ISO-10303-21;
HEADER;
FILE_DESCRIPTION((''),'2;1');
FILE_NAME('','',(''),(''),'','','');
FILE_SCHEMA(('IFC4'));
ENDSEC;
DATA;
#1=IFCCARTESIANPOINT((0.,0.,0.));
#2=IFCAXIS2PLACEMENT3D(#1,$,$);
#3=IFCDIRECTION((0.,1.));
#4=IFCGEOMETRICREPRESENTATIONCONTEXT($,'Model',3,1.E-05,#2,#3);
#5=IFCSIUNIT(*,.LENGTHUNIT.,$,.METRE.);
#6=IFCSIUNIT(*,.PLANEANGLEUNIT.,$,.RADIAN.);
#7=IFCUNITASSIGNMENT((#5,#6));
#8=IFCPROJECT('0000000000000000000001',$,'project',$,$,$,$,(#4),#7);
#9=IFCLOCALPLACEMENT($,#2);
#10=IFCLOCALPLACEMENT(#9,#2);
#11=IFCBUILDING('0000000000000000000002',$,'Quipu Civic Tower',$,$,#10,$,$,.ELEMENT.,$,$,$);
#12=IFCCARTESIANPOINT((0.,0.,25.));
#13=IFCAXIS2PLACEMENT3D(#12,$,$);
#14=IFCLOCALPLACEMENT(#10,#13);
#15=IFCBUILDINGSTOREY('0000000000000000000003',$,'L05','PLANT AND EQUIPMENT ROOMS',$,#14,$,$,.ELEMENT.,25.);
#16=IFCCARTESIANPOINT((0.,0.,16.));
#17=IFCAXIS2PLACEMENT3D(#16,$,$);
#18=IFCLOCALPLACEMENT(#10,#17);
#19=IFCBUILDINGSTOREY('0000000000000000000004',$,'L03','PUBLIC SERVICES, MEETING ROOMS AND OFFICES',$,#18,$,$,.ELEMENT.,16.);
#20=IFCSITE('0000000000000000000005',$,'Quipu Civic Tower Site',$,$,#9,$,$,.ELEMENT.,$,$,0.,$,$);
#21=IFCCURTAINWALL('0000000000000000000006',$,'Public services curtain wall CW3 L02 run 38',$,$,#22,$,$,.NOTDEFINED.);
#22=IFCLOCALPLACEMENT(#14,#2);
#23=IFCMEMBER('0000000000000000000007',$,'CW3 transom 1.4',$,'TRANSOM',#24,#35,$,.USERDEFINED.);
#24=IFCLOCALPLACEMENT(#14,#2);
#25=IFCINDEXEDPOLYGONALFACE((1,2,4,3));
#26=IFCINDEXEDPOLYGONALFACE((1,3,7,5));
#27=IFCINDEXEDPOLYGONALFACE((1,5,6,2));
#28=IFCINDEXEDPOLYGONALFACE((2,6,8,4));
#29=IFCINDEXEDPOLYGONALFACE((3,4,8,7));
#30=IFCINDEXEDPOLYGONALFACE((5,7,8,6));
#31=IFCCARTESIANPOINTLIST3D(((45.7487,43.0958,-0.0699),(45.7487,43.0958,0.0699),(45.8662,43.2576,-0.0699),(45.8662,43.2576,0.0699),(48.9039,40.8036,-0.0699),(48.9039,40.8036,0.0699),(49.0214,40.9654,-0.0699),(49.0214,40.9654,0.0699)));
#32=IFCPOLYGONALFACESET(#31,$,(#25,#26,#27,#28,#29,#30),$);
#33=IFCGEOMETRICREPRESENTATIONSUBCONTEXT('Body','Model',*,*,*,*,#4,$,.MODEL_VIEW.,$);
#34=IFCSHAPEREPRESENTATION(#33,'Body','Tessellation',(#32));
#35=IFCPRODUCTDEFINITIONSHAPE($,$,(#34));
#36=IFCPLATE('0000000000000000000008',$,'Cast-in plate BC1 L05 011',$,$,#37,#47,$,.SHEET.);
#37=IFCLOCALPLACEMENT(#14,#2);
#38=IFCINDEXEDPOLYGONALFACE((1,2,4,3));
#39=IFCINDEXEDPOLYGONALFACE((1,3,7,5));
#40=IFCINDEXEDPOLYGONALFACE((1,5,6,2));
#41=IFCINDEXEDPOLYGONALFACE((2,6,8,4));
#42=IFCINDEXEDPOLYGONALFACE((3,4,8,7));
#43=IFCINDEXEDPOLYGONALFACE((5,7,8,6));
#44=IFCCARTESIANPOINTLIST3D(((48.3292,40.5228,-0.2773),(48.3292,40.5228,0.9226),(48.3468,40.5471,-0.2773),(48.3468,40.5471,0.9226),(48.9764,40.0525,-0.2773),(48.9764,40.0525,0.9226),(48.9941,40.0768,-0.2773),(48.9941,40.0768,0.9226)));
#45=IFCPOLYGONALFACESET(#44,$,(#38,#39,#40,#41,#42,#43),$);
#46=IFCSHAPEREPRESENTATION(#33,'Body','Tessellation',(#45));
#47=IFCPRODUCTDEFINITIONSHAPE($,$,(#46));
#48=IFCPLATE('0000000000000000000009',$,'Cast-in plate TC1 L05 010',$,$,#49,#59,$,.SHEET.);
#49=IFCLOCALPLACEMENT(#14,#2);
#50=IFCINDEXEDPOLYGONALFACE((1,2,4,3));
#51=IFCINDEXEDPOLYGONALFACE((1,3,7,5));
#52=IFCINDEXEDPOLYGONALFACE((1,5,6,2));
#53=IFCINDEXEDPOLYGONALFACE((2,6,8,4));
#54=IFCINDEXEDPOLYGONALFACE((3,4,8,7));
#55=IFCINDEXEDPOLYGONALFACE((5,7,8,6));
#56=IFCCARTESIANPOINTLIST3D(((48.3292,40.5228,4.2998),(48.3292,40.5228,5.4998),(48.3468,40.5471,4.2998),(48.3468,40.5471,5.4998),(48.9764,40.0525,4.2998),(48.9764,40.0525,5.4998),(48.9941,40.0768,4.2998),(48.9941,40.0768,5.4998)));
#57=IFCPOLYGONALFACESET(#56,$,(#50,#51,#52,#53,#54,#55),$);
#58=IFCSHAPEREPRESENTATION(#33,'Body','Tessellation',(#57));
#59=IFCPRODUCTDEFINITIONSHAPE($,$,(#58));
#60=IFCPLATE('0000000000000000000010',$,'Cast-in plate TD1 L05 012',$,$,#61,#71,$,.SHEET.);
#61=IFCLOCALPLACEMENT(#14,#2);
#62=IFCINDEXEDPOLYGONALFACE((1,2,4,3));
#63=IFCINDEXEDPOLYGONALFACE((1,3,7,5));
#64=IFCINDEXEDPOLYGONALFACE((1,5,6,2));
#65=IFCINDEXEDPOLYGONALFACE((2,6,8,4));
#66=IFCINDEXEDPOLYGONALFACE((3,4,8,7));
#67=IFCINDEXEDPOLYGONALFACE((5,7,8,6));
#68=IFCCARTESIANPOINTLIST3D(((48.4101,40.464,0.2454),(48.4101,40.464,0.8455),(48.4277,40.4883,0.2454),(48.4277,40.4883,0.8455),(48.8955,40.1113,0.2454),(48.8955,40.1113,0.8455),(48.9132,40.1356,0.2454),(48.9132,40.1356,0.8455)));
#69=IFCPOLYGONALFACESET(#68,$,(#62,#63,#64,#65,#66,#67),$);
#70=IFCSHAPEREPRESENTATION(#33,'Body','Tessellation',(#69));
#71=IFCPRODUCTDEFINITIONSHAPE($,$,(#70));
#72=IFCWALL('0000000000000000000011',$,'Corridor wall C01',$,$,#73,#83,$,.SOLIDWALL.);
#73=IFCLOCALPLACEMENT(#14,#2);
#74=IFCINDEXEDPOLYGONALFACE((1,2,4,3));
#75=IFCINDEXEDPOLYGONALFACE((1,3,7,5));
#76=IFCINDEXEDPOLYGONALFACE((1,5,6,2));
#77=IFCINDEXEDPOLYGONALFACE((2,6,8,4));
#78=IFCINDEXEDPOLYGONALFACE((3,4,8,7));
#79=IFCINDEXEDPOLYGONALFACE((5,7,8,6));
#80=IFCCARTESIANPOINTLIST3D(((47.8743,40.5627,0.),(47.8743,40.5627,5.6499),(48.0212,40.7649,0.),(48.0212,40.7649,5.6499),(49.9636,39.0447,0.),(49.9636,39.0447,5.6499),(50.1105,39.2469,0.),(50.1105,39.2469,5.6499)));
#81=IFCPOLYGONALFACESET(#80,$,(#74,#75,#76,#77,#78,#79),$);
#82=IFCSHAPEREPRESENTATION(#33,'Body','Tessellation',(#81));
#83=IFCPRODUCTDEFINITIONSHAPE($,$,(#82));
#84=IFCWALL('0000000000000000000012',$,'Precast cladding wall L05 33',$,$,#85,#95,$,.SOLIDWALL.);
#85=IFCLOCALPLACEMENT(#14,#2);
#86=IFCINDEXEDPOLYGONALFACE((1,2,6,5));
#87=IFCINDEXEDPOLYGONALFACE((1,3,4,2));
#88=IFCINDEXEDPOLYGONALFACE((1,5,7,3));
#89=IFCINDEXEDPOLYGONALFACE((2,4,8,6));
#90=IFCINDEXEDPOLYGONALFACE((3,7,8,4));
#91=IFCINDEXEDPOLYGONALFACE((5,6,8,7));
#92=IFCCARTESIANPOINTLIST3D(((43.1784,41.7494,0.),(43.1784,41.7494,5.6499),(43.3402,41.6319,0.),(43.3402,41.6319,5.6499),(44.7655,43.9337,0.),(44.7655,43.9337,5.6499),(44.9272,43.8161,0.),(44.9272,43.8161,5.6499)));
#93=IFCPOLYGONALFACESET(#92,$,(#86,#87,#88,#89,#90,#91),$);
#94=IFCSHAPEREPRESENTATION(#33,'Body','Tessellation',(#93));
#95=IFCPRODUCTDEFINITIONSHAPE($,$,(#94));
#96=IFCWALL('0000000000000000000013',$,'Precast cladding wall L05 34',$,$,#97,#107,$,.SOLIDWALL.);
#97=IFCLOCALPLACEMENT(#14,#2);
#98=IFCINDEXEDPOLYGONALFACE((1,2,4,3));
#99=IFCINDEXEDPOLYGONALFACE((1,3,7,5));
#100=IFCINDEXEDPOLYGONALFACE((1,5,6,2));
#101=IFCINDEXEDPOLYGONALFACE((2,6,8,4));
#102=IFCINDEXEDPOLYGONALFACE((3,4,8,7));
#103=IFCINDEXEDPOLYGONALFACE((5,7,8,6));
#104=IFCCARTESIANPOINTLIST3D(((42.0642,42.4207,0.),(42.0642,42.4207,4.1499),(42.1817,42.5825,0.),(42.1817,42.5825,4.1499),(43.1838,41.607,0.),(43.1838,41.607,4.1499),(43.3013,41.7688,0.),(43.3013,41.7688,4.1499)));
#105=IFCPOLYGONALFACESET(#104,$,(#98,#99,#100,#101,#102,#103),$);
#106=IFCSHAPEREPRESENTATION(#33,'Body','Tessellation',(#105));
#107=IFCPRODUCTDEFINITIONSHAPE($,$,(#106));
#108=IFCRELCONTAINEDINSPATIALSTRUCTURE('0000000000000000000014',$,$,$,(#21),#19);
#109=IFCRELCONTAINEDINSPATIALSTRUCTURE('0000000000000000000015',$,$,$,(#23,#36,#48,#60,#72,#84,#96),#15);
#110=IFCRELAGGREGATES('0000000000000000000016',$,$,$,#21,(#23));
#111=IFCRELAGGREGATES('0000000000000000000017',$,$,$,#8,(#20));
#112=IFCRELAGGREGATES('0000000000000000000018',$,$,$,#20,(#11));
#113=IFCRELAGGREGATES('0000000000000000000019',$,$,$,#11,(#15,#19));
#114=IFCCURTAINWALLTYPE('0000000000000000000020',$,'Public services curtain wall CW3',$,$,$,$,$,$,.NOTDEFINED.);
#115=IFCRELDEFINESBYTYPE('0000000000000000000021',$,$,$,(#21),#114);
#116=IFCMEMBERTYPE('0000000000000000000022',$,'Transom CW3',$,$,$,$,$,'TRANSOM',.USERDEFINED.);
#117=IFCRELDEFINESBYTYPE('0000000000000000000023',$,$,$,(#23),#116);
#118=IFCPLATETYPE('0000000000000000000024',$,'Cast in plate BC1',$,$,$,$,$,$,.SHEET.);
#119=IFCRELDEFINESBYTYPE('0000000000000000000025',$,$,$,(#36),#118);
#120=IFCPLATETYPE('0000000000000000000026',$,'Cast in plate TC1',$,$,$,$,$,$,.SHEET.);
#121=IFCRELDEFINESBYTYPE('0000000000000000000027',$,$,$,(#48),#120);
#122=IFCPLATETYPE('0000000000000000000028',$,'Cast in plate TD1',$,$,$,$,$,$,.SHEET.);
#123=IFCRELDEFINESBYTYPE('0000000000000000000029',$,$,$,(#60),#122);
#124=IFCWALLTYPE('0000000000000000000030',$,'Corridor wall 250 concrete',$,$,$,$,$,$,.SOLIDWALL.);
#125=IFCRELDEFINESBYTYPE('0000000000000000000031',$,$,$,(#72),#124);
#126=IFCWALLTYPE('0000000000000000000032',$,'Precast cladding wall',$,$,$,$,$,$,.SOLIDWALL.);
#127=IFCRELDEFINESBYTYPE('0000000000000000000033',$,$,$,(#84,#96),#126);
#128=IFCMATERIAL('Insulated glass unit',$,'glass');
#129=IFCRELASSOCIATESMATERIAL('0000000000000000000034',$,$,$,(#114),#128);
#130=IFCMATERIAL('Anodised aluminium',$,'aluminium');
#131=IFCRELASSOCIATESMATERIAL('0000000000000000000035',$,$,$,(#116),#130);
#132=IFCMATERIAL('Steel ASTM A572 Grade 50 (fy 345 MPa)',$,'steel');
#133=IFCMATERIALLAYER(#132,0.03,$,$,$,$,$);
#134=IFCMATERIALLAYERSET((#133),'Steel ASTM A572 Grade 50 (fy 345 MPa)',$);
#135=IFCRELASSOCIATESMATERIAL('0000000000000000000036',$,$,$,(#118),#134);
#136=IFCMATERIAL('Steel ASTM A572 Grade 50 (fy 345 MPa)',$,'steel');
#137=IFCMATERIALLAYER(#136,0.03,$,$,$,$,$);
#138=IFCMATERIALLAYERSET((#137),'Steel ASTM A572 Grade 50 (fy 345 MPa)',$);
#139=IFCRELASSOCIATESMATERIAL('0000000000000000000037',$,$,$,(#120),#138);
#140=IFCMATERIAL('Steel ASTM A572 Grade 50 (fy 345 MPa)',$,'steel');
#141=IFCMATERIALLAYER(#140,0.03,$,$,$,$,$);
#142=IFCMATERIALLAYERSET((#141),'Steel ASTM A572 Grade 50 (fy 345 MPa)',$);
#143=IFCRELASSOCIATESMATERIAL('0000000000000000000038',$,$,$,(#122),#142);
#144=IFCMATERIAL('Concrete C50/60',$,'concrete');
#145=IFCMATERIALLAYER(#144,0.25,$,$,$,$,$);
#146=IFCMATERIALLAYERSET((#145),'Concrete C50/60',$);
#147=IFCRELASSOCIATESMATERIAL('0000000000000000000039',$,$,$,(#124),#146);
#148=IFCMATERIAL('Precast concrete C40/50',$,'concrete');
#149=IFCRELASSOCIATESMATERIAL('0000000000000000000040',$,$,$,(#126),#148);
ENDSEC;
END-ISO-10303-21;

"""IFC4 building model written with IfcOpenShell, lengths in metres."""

from ifc_helpers import new_model, si_unit, direction, frame, frame_2d, origin, origin_2d, place, context, subcontext, project, spatial, rectangle, extrude, material, layer, layer_set, material_profile, profile_set, type_object, element, aggregate, save


model = new_model("IFC4")

# Units and contexts
model_context = context("Model", 3, precision=1e-05, world=origin(), true_north=direction((0.0, 1.0)))
body_context = subcontext(model_context, "Body", "Model", "MODEL_VIEW")
ifc_project = project(units=[si_unit("LENGTHUNIT", "METRE"), si_unit("PLANEANGLEUNIT", "RADIAN")], contexts=[model_context])

# Site, building, storey
site_placement = place(None, origin())
site = spatial("IfcSite", under=ifc_project, at=site_placement, Name="Quipu Civic Tower Site", CompositionType="ELEMENT", RefElevation=0.0)
building_placement = place(site_placement, origin())
building = spatial("IfcBuilding", under=site, at=building_placement, Name="Quipu Civic Tower", CompositionType="ELEMENT")
storey_1_placement = place(building_placement, frame((0.0, 0.0, 25.0)))
storey_1 = spatial("IfcBuildingStorey", under=building, at=storey_1_placement, Name="L05", Description="PLANT AND EQUIPMENT ROOMS", CompositionType="ELEMENT", Elevation=25.0)

# Shared definitions
storey_2_placement = place(building_placement, frame((0.0, 0.0, 16.0)))
storey_2 = spatial("IfcBuildingStorey", under=building, at=storey_2_placement, Name="L03", Description="PUBLIC SERVICES, MEETING ROOMS AND OFFICES", CompositionType="ELEMENT", Elevation=16.0)

# Curtain wall, member
ifc_material_1 = material(Name="Insulated glass unit", Category="glass")
curtain_wall_type = type_object("IfcCurtainWallType", Name="Public services curtain wall CW3", PredefinedType="NOTDEFINED", material=ifc_material_1)
curtain_wall_placement = place(storey_2_placement, origin())
curtain_wall = element("IfcCurtainWall", 1, at=curtain_wall_placement, inside=storey_2, type_object=curtain_wall_type, Name="Public services curtain wall CW3 L02 run 38", PredefinedType="NOTDEFINED")
ifc_material_2 = material(Name="Anodised aluminium", Category="aluminium")
ifc_material_profile_1 = material_profile(ifc_material_2, rectangle(XDim=0.2, YDim=0.1399, at=origin_2d()), Name="RECT 200x140")
ifc_profile_set_1 = profile_set([ifc_material_profile_1], Name="Anodised aluminium")
member_type_1 = type_object("IfcMemberType", Name="Transom CW3", ElementType="TRANSOM", PredefinedType="USERDEFINED", material=ifc_profile_set_1)
member_1_placement = place(storey_1_placement, frame((48.9626, 40.8845, 0.0), z_axis=(-0.809042, 0.587751, 0.0), x_axis=(-0.587751, -0.809042, 0.0)))
member_1 = element("IfcMember", 2, at=member_1_placement, inside=storey_1, type_object=member_type_1, Name="CW3 transom 1.4", ObjectType="TRANSOM", PredefinedType="USERDEFINED", context=body_context, shape_type="SweptSolid", body=[
    extrude(rectangle(XDim=0.2, YDim=0.1399, at=origin_2d()), origin(), (0.0, 0.0, 1.0), 3.8999),
])
aggregate(curtain_wall, [member_1])

# Plates
ifc_material_3 = material(Name="Steel ASTM A572 Grade 50 (fy 345 MPa)", Category="steel")
ifc_layer_1 = layer(ifc_material_3, 0.03)
ifc_layer_set_1 = layer_set([ifc_layer_1], Name="Steel ASTM A572 Grade 50 (fy 345 MPa)")
plate_type_1 = type_object("IfcPlateType", Name="Cast in plate BC1", PredefinedType="SHEET", material=ifc_layer_set_1)
plate_1_placement = place(storey_1_placement, frame((48.6616, 40.2998, -0.2773), z_axis=(0.0, 0.0, 1.0), x_axis=(0.809007, -0.587799, 0.0)))
element("IfcPlate", 3, at=plate_1_placement, inside=storey_1, type_object=plate_type_1, Name="Cast-in plate BC1 L05 011", PredefinedType="SHEET", context=body_context, shape_type="SweptSolid", body=[
    extrude(rectangle(XDim=0.8, YDim=0.03, at=origin_2d()), origin(), (0.0, 0.0, 1.0), 1.2),
])
ifc_material_4 = material(Name="Steel ASTM A572 Grade 50 (fy 345 MPa)", Category="steel")
ifc_layer_2 = layer(ifc_material_4, 0.03)
ifc_layer_set_2 = layer_set([ifc_layer_2], Name="Steel ASTM A572 Grade 50 (fy 345 MPa)")
plate_type_2 = type_object("IfcPlateType", Name="Cast in plate TC1", PredefinedType="SHEET", material=ifc_layer_set_2)
plate_2_placement = place(storey_1_placement, frame((48.6616, 40.2998, 4.2998), z_axis=(0.0, 0.0, 1.0), x_axis=(0.809007, -0.587799, 0.0)))
element("IfcPlate", 4, at=plate_2_placement, inside=storey_1, type_object=plate_type_2, Name="Cast-in plate TC1 L05 010", PredefinedType="SHEET", context=body_context, shape_type="SweptSolid", body=[
    extrude(rectangle(XDim=0.8, YDim=0.03, at=origin_2d()), origin(), (0.0, 0.0, 1.0), 1.2),
])
ifc_material_5 = material(Name="Steel ASTM A572 Grade 50 (fy 345 MPa)", Category="steel")
ifc_layer_3 = layer(ifc_material_5, 0.03)
ifc_layer_set_3 = layer_set([ifc_layer_3], Name="Steel ASTM A572 Grade 50 (fy 345 MPa)")
plate_type_3 = type_object("IfcPlateType", Name="Cast in plate TD1", PredefinedType="SHEET", material=ifc_layer_set_3)
plate_3_placement = place(storey_1_placement, frame((48.6616, 40.2998, 0.2454), z_axis=(0.0, 0.0, 1.0), x_axis=(0.809007, -0.587799, 0.0)))
element("IfcPlate", 5, at=plate_3_placement, inside=storey_1, type_object=plate_type_3, Name="Cast-in plate TD1 L05 012", PredefinedType="SHEET", context=body_context, shape_type="SweptSolid", body=[
    extrude(rectangle(XDim=0.6001, YDim=0.03, at=origin_2d()), origin(), (0.0, 0.0, 1.0), 0.6001),
])

# Walls
ifc_material_6 = material(Name="Concrete C50/60", Category="concrete")
ifc_layer_4 = layer(ifc_material_6, 0.25)
ifc_layer_set_4 = layer_set([ifc_layer_4], Name="Concrete C50/60")
wall_type_1 = type_object("IfcWallType", Name="Corridor wall 250 concrete", PredefinedType="SOLIDWALL", material=ifc_layer_set_4)
wall_1_placement = place(storey_1_placement, frame((47.9478, 40.6638, 0.0), z_axis=(0.0, 0.0, 1.0), x_axis=(0.809006, -0.587801, 0.0)))
element("IfcWall", 6, at=wall_1_placement, inside=storey_1, type_object=wall_type_1, Name="Corridor wall C01", PredefinedType="SOLIDWALL", context=body_context, shape_type="SweptSolid", body=[
    extrude(rectangle(XDim=2.5825, YDim=0.25, at=frame_2d((1.2913, 0.0))), origin(), (0.0, 0.0, 1.0), 5.6499),
])
ifc_material_7 = material(Name="Precast concrete C40/50", Category="concrete")
wall_type_2 = type_object("IfcWallType", Name="Precast cladding wall", PredefinedType="SOLIDWALL", material=ifc_material_7)
wall_2_placement = place(storey_1_placement, frame((44.8464, 43.875, 0.0), z_axis=(0.0, 0.0, 1.0), x_axis=(-0.587822, -0.80899, 0.0)))
element("IfcWall", 7, at=wall_2_placement, inside=storey_1, type_object=wall_type_2, Name="Precast cladding wall L05 33", PredefinedType="SOLIDWALL", context=body_context, shape_type="SweptSolid", body=[
    extrude(rectangle(XDim=2.7, YDim=0.2, at=frame_2d((1.3501, 0.0))), origin(), (0.0, 0.0, 1.0), 5.6499),
])
wall_3_placement = place(storey_1_placement, frame((43.2424, 41.688, 0.0), z_axis=(0.0, 0.0, 1.0), x_axis=(-0.808927, 0.587909, 0.0)))
element("IfcWall", 8, at=wall_3_placement, inside=storey_1, type_object=wall_type_2, Name="Precast cladding wall L05 34", PredefinedType="SOLIDWALL", context=body_context, shape_type="SweptSolid", body=[
    extrude(rectangle(XDim=1.384, YDim=0.2, at=frame_2d((0.6919, 0.0))), origin(), (0.0, 0.0, 1.0), 4.1499),
])

save(model, "model.ifc")
